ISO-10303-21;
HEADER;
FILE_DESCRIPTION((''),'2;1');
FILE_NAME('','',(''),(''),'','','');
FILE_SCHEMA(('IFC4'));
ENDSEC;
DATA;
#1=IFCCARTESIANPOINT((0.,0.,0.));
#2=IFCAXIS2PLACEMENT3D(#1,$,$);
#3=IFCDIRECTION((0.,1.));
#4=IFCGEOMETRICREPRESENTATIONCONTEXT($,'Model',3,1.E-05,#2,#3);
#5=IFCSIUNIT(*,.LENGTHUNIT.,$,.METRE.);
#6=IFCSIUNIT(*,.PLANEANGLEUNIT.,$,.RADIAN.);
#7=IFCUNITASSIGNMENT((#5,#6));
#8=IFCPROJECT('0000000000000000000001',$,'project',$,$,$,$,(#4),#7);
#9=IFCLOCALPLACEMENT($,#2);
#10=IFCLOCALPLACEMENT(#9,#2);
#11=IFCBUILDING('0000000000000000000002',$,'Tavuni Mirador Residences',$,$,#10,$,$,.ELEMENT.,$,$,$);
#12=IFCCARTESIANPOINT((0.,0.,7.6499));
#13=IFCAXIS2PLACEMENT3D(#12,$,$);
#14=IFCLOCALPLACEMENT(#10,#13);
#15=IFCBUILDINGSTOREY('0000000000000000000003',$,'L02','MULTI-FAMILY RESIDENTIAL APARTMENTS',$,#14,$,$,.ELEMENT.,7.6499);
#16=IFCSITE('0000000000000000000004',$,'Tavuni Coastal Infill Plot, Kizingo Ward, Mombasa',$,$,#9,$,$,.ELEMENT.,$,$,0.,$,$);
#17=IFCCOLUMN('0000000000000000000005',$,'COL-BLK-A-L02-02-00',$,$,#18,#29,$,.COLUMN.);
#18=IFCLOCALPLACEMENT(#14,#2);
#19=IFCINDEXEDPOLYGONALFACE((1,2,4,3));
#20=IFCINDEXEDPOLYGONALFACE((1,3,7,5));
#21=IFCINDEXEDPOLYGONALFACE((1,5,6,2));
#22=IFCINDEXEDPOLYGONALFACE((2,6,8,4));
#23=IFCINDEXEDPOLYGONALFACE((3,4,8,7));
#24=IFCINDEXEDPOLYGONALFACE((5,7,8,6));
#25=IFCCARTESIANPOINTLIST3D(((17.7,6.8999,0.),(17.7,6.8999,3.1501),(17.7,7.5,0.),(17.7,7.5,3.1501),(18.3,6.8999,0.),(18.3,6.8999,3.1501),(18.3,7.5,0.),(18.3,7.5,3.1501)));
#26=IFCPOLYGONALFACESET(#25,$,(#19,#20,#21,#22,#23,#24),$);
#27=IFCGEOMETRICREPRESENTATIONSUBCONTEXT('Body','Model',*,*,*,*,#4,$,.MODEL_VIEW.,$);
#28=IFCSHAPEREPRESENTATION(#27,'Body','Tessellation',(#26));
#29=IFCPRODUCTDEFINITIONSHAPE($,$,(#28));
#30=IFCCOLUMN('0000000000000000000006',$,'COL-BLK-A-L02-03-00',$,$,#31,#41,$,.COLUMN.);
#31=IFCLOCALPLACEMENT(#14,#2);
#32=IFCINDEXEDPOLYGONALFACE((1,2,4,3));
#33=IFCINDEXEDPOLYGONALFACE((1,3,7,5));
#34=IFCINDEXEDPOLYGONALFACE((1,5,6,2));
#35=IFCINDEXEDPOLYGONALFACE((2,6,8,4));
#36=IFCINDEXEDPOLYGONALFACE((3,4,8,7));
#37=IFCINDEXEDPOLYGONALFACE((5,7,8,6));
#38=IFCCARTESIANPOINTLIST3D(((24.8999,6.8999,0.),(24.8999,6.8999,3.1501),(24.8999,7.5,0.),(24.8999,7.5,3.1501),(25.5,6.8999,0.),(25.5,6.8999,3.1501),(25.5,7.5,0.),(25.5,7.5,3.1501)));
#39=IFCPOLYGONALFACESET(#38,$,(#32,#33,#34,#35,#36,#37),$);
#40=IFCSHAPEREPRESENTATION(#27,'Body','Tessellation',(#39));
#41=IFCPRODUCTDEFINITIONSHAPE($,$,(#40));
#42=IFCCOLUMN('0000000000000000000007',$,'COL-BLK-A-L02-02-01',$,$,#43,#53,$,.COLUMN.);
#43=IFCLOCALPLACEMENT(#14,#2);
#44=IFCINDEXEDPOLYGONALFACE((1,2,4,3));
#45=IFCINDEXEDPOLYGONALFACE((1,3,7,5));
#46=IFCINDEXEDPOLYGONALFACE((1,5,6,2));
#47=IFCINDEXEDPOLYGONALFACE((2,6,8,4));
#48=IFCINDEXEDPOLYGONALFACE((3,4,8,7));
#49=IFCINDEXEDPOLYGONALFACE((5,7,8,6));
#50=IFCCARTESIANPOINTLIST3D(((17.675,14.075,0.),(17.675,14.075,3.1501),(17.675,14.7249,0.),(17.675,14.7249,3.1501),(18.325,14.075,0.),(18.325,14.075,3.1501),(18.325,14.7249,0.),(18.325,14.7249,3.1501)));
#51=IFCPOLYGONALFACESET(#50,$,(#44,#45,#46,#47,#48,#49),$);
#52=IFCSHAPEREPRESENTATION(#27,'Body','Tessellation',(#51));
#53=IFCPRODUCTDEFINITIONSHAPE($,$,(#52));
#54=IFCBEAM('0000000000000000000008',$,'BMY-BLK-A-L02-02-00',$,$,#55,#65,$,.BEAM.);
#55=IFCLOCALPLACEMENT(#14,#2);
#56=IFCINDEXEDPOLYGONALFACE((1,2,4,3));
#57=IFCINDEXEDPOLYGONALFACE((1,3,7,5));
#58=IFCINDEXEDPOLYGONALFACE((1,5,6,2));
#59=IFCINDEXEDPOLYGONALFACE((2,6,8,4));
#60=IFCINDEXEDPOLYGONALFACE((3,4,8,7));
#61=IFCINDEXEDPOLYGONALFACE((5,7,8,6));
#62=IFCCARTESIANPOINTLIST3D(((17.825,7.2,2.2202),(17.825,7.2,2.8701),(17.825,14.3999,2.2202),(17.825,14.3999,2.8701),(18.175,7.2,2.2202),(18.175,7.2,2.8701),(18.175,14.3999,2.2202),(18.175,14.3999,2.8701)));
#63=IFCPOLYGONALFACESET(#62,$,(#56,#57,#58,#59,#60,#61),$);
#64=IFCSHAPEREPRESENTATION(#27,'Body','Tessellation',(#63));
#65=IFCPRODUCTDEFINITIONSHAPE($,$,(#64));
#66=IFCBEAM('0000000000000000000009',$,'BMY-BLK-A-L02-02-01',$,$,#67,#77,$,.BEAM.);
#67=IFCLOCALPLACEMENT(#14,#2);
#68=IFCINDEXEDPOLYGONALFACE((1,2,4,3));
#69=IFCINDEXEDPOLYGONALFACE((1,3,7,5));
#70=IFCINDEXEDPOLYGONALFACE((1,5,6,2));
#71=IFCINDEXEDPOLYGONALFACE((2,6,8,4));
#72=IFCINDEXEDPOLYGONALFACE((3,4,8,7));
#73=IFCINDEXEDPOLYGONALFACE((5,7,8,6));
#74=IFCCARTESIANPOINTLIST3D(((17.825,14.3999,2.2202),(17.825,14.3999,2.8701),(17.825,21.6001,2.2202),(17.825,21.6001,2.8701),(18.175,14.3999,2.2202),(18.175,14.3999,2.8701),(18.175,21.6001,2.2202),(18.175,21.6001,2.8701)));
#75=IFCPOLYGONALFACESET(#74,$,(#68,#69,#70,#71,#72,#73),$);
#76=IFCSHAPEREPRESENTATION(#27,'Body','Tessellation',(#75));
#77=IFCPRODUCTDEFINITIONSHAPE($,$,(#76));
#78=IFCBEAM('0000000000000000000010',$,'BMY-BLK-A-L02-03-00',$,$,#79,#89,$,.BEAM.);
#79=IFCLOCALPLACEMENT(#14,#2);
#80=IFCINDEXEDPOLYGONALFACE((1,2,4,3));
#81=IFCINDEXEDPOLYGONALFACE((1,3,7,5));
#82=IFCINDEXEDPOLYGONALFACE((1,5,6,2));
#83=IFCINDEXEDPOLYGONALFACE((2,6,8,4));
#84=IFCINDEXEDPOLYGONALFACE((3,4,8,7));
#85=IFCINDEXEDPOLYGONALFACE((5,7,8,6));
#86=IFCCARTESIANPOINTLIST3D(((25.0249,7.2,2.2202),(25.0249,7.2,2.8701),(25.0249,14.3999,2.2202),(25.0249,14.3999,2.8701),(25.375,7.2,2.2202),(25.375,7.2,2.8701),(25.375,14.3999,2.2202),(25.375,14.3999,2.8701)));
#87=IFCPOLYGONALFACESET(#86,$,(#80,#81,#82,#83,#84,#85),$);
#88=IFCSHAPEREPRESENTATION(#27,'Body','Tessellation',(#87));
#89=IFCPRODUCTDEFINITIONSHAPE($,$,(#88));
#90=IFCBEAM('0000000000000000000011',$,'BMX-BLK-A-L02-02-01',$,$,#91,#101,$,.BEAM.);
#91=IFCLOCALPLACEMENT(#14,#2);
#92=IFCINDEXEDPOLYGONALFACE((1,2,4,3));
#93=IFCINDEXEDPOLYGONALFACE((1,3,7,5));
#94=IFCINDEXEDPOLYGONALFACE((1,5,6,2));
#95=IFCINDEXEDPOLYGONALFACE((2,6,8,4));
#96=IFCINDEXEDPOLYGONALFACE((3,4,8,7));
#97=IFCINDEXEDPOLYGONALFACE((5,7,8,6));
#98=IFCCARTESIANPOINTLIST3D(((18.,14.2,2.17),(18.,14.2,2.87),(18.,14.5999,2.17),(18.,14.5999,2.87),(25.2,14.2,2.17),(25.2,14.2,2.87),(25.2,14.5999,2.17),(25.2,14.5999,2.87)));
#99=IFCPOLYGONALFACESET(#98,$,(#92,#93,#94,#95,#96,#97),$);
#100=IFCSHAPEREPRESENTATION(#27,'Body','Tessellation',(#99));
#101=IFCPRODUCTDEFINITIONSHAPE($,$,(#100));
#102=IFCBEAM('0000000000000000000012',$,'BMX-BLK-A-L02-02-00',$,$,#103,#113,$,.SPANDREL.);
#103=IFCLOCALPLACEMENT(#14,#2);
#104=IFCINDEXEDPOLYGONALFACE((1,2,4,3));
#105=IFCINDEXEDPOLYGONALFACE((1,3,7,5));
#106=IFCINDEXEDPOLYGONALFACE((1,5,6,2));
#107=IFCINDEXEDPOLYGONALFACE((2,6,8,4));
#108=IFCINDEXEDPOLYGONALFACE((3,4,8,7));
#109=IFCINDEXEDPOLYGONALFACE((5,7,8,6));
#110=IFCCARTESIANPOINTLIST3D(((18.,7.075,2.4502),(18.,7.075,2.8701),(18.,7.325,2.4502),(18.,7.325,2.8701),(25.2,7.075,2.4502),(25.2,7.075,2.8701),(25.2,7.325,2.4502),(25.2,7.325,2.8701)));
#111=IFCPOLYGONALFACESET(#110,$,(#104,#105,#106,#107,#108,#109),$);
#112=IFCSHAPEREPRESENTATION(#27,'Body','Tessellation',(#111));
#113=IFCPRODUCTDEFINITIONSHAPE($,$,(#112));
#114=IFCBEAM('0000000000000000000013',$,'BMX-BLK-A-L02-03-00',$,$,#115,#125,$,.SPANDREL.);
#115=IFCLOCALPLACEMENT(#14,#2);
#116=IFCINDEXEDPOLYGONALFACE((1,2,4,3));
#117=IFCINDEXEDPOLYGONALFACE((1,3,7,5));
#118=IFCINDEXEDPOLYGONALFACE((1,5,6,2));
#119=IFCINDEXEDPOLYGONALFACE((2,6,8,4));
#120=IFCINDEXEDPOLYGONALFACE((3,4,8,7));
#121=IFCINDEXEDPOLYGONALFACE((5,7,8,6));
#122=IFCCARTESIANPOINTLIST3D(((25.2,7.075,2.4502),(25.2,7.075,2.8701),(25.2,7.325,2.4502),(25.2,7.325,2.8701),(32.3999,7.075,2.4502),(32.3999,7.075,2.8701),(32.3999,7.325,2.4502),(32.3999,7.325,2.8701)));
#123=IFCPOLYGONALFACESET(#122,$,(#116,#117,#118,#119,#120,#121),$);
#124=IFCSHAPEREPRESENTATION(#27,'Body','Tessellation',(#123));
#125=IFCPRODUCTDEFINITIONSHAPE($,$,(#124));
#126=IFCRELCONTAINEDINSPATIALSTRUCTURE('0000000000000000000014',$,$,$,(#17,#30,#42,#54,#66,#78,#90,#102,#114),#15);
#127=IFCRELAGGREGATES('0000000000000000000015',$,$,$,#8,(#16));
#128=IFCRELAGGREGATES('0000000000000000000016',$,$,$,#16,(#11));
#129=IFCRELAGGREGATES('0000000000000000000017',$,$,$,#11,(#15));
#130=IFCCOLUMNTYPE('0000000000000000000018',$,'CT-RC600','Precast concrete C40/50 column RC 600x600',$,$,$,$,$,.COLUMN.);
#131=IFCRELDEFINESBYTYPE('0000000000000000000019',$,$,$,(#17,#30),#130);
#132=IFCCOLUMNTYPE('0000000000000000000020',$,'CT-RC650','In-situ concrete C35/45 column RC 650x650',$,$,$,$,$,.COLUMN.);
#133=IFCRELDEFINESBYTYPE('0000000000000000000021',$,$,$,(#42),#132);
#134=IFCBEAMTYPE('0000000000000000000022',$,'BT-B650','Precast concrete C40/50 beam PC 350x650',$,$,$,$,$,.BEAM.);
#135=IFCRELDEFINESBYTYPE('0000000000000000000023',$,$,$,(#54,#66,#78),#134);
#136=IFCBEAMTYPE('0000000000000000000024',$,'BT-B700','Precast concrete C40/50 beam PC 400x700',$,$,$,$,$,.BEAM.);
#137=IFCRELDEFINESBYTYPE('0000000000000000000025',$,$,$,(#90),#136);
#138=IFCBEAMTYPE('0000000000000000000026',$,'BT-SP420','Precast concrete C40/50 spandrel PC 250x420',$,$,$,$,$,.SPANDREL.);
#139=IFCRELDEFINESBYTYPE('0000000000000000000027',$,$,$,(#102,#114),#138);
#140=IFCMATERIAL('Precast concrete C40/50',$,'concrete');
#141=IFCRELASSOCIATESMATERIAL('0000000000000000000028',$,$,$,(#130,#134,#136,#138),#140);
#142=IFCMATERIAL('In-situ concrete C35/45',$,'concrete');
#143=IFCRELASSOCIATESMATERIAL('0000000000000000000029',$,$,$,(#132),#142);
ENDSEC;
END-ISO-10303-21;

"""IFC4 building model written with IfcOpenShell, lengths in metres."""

from ifc_helpers import new_model, si_unit, direction, frame, origin, origin_2d, place, context, subcontext, project, spatial, rectangle, extrude, material, material_profile, profile_set, type_object, element, save


model = new_model("IFC4")

# Units and contexts
model_context = context("Model", 3, precision=1e-05, world=origin(), true_north=direction((0.0, 1.0)))
body_context = subcontext(model_context, "Body", "Model", "MODEL_VIEW")
ifc_project = project(units=[si_unit("LENGTHUNIT", "METRE"), si_unit("PLANEANGLEUNIT", "RADIAN")], contexts=[model_context])

# Site, building, storey
site_placement = place(None, origin())
site = spatial("IfcSite", under=ifc_project, at=site_placement, Name="Tavuni Coastal Infill Plot, Kizingo Ward, Mombasa", CompositionType="ELEMENT", RefElevation=0.0)
building_placement = place(site_placement, origin())
building = spatial("IfcBuilding", under=site, at=building_placement, Name="Tavuni Mirador Residences", CompositionType="ELEMENT")
storey_placement = place(building_placement, frame((0.0, 0.0, 7.6499)))
storey = spatial("IfcBuildingStorey", under=building, at=storey_placement, Name="L02", Description="MULTI-FAMILY RESIDENTIAL APARTMENTS", CompositionType="ELEMENT", Elevation=7.6499)

# Columns
ifc_material_1 = material(Name="Precast concrete C40/50", Category="concrete")
ifc_material_profile_1 = material_profile(ifc_material_1, rectangle(XDim=0.6001, YDim=0.6001, at=origin_2d()), Name="RC 600x600", Category="concrete")
ifc_profile_set_1 = profile_set([ifc_material_profile_1], Name="Precast concrete C40/50")
column_type_1 = type_object("IfcColumnType", Name="CT-RC600", Description="Precast concrete C40/50 column RC 600x600", PredefinedType="COLUMN", material=ifc_profile_set_1)
for number, where, z_axis, x_axis, name in (
    (1, (18.0, 7.2, 0.0), (0.0, 0.0, 1.0), (1.0, 0.0, 0.0), "COL-BLK-A-L02-02-00"),
    (2, (25.2, 7.2, 0.0), (0.0, 0.0, 1.0), (1.0, 0.0, 0.0), "COL-BLK-A-L02-03-00"),
):
    element("IfcColumn", number, at=place(storey_placement, frame(where, z_axis=z_axis, x_axis=x_axis)), inside=storey, type_object=column_type_1, Name=name, PredefinedType="COLUMN", context=body_context, shape_type="SweptSolid", body=[
        extrude(rectangle(XDim=0.6001, YDim=0.6001, at=origin_2d()), origin(), (0.0, 0.0, 1.0), 3.1501),
    ])
ifc_material_2 = material(Name="In-situ concrete C35/45", Category="concrete")
ifc_material_profile_2 = material_profile(ifc_material_2, rectangle(XDim=0.6499, YDim=0.6499, at=origin_2d()), Name="RC 650x650", Category="concrete")
ifc_profile_set_2 = profile_set([ifc_material_profile_2], Name="In-situ concrete C35/45")
column_type_2 = type_object("IfcColumnType", Name="CT-RC650", Description="In-situ concrete C35/45 column RC 650x650", PredefinedType="COLUMN", material=ifc_profile_set_2)
column_placement = place(storey_placement, frame((18.0, 14.3999, 0.0), z_axis=(0.0, 0.0, 1.0), x_axis=(1.0, 0.0, 0.0)))
element("IfcColumn", 3, at=column_placement, inside=storey, type_object=column_type_2, Name="COL-BLK-A-L02-02-01", PredefinedType="COLUMN", context=body_context, shape_type="SweptSolid", body=[
    extrude(rectangle(XDim=0.6499, YDim=0.6499, at=origin_2d()), origin(), (0.0, 0.0, 1.0), 3.1501),
])

# Beams
ifc_material_profile_3 = material_profile(ifc_material_1, rectangle(XDim=0.3501, YDim=0.6499, at=origin_2d()), Name="PC 350x650", Category="concrete")
ifc_profile_set_3 = profile_set([ifc_material_profile_3], Name="Precast concrete C40/50")
beam_type_1 = type_object("IfcBeamType", Name="BT-B650", Description="Precast concrete C40/50 beam PC 350x650", PredefinedType="BEAM", material=ifc_profile_set_3)
beam_1_placement = place(storey_placement, frame((18.0, 7.2, 2.5452), z_axis=(0.0, 1.0, 0.0), x_axis=(-1.0, 0.0, 0.0)))
element("IfcBeam", 4, at=beam_1_placement, inside=storey, type_object=beam_type_1, Name="BMY-BLK-A-L02-02-00", PredefinedType="BEAM", context=body_context, shape_type="SweptSolid", body=[
    extrude(rectangle(XDim=0.3501, YDim=0.6499, at=origin_2d()), origin(), (0.0, 0.0, 1.0), 7.2),
])
beam_2_placement = place(storey_placement, frame((18.0, 14.3999, 2.5452), z_axis=(0.0, 1.0, 0.0), x_axis=(-1.0, 0.0, 0.0)))
element("IfcBeam", 5, at=beam_2_placement, inside=storey, type_object=beam_type_1, Name="BMY-BLK-A-L02-02-01", PredefinedType="BEAM", context=body_context, shape_type="SweptSolid", body=[
    extrude(rectangle(XDim=0.3501, YDim=0.6499, at=origin_2d()), origin(), (0.0, 0.0, 1.0), 7.2002),
])
beam_3_placement = place(storey_placement, frame((25.2, 7.2, 2.5452), z_axis=(0.0, 1.0, 0.0), x_axis=(-1.0, 0.0, 0.0)))
element("IfcBeam", 6, at=beam_3_placement, inside=storey, type_object=beam_type_1, Name="BMY-BLK-A-L02-03-00", PredefinedType="BEAM", context=body_context, shape_type="SweptSolid", body=[
    extrude(rectangle(XDim=0.3501, YDim=0.6499, at=origin_2d()), origin(), (0.0, 0.0, 1.0), 7.2),
])
ifc_material_profile_4 = material_profile(ifc_material_1, rectangle(XDim=0.3999, YDim=0.7, at=origin_2d()), Name="PC 400x700", Category="concrete")
ifc_profile_set_4 = profile_set([ifc_material_profile_4], Name="Precast concrete C40/50")
beam_type_2 = type_object("IfcBeamType", Name="BT-B700", Description="Precast concrete C40/50 beam PC 400x700", PredefinedType="BEAM", material=ifc_profile_set_4)
beam_4_placement = place(storey_placement, frame((18.0, 14.3999, 2.52), z_axis=(1.0, 0.0, 0.0), x_axis=(0.0, 1.0, 0.0)))
element("IfcBeam", 7, at=beam_4_placement, inside=storey, type_object=beam_type_2, Name="BMX-BLK-A-L02-02-01", PredefinedType="BEAM", context=body_context, shape_type="SweptSolid", body=[
    extrude(rectangle(XDim=0.3999, YDim=0.7, at=origin_2d()), origin(), (0.0, 0.0, 1.0), 7.2),
])
ifc_material_profile_5 = material_profile(ifc_material_1, rectangle(XDim=0.25, YDim=0.4199, at=origin_2d()), Name="PC 250x420", Category="concrete")
ifc_profile_set_5 = profile_set([ifc_material_profile_5], Name="Precast concrete C40/50")
beam_type_3 = type_object("IfcBeamType", Name="BT-SP420", Description="Precast concrete C40/50 spandrel PC 250x420", PredefinedType="SPANDREL", material=ifc_profile_set_5)
for number, where, z_axis, x_axis, name in (
    (8, (18.0, 7.2, 2.6602), (1.0, 0.0, 0.0), (0.0, 1.0, 0.0), "BMX-BLK-A-L02-02-00"),
    (9, (25.2, 7.2, 2.6602), (1.0, 0.0, 0.0), (0.0, 1.0, 0.0), "BMX-BLK-A-L02-03-00"),
):
    element("IfcBeam", number, at=place(storey_placement, frame(where, z_axis=z_axis, x_axis=x_axis)), inside=storey, type_object=beam_type_3, Name=name, PredefinedType="SPANDREL", context=body_context, shape_type="SweptSolid", body=[
        extrude(rectangle(XDim=0.25, YDim=0.4199, at=origin_2d()), origin(), (0.0, 0.0, 1.0), 7.2),
    ])

save(model, "model.ifc")
